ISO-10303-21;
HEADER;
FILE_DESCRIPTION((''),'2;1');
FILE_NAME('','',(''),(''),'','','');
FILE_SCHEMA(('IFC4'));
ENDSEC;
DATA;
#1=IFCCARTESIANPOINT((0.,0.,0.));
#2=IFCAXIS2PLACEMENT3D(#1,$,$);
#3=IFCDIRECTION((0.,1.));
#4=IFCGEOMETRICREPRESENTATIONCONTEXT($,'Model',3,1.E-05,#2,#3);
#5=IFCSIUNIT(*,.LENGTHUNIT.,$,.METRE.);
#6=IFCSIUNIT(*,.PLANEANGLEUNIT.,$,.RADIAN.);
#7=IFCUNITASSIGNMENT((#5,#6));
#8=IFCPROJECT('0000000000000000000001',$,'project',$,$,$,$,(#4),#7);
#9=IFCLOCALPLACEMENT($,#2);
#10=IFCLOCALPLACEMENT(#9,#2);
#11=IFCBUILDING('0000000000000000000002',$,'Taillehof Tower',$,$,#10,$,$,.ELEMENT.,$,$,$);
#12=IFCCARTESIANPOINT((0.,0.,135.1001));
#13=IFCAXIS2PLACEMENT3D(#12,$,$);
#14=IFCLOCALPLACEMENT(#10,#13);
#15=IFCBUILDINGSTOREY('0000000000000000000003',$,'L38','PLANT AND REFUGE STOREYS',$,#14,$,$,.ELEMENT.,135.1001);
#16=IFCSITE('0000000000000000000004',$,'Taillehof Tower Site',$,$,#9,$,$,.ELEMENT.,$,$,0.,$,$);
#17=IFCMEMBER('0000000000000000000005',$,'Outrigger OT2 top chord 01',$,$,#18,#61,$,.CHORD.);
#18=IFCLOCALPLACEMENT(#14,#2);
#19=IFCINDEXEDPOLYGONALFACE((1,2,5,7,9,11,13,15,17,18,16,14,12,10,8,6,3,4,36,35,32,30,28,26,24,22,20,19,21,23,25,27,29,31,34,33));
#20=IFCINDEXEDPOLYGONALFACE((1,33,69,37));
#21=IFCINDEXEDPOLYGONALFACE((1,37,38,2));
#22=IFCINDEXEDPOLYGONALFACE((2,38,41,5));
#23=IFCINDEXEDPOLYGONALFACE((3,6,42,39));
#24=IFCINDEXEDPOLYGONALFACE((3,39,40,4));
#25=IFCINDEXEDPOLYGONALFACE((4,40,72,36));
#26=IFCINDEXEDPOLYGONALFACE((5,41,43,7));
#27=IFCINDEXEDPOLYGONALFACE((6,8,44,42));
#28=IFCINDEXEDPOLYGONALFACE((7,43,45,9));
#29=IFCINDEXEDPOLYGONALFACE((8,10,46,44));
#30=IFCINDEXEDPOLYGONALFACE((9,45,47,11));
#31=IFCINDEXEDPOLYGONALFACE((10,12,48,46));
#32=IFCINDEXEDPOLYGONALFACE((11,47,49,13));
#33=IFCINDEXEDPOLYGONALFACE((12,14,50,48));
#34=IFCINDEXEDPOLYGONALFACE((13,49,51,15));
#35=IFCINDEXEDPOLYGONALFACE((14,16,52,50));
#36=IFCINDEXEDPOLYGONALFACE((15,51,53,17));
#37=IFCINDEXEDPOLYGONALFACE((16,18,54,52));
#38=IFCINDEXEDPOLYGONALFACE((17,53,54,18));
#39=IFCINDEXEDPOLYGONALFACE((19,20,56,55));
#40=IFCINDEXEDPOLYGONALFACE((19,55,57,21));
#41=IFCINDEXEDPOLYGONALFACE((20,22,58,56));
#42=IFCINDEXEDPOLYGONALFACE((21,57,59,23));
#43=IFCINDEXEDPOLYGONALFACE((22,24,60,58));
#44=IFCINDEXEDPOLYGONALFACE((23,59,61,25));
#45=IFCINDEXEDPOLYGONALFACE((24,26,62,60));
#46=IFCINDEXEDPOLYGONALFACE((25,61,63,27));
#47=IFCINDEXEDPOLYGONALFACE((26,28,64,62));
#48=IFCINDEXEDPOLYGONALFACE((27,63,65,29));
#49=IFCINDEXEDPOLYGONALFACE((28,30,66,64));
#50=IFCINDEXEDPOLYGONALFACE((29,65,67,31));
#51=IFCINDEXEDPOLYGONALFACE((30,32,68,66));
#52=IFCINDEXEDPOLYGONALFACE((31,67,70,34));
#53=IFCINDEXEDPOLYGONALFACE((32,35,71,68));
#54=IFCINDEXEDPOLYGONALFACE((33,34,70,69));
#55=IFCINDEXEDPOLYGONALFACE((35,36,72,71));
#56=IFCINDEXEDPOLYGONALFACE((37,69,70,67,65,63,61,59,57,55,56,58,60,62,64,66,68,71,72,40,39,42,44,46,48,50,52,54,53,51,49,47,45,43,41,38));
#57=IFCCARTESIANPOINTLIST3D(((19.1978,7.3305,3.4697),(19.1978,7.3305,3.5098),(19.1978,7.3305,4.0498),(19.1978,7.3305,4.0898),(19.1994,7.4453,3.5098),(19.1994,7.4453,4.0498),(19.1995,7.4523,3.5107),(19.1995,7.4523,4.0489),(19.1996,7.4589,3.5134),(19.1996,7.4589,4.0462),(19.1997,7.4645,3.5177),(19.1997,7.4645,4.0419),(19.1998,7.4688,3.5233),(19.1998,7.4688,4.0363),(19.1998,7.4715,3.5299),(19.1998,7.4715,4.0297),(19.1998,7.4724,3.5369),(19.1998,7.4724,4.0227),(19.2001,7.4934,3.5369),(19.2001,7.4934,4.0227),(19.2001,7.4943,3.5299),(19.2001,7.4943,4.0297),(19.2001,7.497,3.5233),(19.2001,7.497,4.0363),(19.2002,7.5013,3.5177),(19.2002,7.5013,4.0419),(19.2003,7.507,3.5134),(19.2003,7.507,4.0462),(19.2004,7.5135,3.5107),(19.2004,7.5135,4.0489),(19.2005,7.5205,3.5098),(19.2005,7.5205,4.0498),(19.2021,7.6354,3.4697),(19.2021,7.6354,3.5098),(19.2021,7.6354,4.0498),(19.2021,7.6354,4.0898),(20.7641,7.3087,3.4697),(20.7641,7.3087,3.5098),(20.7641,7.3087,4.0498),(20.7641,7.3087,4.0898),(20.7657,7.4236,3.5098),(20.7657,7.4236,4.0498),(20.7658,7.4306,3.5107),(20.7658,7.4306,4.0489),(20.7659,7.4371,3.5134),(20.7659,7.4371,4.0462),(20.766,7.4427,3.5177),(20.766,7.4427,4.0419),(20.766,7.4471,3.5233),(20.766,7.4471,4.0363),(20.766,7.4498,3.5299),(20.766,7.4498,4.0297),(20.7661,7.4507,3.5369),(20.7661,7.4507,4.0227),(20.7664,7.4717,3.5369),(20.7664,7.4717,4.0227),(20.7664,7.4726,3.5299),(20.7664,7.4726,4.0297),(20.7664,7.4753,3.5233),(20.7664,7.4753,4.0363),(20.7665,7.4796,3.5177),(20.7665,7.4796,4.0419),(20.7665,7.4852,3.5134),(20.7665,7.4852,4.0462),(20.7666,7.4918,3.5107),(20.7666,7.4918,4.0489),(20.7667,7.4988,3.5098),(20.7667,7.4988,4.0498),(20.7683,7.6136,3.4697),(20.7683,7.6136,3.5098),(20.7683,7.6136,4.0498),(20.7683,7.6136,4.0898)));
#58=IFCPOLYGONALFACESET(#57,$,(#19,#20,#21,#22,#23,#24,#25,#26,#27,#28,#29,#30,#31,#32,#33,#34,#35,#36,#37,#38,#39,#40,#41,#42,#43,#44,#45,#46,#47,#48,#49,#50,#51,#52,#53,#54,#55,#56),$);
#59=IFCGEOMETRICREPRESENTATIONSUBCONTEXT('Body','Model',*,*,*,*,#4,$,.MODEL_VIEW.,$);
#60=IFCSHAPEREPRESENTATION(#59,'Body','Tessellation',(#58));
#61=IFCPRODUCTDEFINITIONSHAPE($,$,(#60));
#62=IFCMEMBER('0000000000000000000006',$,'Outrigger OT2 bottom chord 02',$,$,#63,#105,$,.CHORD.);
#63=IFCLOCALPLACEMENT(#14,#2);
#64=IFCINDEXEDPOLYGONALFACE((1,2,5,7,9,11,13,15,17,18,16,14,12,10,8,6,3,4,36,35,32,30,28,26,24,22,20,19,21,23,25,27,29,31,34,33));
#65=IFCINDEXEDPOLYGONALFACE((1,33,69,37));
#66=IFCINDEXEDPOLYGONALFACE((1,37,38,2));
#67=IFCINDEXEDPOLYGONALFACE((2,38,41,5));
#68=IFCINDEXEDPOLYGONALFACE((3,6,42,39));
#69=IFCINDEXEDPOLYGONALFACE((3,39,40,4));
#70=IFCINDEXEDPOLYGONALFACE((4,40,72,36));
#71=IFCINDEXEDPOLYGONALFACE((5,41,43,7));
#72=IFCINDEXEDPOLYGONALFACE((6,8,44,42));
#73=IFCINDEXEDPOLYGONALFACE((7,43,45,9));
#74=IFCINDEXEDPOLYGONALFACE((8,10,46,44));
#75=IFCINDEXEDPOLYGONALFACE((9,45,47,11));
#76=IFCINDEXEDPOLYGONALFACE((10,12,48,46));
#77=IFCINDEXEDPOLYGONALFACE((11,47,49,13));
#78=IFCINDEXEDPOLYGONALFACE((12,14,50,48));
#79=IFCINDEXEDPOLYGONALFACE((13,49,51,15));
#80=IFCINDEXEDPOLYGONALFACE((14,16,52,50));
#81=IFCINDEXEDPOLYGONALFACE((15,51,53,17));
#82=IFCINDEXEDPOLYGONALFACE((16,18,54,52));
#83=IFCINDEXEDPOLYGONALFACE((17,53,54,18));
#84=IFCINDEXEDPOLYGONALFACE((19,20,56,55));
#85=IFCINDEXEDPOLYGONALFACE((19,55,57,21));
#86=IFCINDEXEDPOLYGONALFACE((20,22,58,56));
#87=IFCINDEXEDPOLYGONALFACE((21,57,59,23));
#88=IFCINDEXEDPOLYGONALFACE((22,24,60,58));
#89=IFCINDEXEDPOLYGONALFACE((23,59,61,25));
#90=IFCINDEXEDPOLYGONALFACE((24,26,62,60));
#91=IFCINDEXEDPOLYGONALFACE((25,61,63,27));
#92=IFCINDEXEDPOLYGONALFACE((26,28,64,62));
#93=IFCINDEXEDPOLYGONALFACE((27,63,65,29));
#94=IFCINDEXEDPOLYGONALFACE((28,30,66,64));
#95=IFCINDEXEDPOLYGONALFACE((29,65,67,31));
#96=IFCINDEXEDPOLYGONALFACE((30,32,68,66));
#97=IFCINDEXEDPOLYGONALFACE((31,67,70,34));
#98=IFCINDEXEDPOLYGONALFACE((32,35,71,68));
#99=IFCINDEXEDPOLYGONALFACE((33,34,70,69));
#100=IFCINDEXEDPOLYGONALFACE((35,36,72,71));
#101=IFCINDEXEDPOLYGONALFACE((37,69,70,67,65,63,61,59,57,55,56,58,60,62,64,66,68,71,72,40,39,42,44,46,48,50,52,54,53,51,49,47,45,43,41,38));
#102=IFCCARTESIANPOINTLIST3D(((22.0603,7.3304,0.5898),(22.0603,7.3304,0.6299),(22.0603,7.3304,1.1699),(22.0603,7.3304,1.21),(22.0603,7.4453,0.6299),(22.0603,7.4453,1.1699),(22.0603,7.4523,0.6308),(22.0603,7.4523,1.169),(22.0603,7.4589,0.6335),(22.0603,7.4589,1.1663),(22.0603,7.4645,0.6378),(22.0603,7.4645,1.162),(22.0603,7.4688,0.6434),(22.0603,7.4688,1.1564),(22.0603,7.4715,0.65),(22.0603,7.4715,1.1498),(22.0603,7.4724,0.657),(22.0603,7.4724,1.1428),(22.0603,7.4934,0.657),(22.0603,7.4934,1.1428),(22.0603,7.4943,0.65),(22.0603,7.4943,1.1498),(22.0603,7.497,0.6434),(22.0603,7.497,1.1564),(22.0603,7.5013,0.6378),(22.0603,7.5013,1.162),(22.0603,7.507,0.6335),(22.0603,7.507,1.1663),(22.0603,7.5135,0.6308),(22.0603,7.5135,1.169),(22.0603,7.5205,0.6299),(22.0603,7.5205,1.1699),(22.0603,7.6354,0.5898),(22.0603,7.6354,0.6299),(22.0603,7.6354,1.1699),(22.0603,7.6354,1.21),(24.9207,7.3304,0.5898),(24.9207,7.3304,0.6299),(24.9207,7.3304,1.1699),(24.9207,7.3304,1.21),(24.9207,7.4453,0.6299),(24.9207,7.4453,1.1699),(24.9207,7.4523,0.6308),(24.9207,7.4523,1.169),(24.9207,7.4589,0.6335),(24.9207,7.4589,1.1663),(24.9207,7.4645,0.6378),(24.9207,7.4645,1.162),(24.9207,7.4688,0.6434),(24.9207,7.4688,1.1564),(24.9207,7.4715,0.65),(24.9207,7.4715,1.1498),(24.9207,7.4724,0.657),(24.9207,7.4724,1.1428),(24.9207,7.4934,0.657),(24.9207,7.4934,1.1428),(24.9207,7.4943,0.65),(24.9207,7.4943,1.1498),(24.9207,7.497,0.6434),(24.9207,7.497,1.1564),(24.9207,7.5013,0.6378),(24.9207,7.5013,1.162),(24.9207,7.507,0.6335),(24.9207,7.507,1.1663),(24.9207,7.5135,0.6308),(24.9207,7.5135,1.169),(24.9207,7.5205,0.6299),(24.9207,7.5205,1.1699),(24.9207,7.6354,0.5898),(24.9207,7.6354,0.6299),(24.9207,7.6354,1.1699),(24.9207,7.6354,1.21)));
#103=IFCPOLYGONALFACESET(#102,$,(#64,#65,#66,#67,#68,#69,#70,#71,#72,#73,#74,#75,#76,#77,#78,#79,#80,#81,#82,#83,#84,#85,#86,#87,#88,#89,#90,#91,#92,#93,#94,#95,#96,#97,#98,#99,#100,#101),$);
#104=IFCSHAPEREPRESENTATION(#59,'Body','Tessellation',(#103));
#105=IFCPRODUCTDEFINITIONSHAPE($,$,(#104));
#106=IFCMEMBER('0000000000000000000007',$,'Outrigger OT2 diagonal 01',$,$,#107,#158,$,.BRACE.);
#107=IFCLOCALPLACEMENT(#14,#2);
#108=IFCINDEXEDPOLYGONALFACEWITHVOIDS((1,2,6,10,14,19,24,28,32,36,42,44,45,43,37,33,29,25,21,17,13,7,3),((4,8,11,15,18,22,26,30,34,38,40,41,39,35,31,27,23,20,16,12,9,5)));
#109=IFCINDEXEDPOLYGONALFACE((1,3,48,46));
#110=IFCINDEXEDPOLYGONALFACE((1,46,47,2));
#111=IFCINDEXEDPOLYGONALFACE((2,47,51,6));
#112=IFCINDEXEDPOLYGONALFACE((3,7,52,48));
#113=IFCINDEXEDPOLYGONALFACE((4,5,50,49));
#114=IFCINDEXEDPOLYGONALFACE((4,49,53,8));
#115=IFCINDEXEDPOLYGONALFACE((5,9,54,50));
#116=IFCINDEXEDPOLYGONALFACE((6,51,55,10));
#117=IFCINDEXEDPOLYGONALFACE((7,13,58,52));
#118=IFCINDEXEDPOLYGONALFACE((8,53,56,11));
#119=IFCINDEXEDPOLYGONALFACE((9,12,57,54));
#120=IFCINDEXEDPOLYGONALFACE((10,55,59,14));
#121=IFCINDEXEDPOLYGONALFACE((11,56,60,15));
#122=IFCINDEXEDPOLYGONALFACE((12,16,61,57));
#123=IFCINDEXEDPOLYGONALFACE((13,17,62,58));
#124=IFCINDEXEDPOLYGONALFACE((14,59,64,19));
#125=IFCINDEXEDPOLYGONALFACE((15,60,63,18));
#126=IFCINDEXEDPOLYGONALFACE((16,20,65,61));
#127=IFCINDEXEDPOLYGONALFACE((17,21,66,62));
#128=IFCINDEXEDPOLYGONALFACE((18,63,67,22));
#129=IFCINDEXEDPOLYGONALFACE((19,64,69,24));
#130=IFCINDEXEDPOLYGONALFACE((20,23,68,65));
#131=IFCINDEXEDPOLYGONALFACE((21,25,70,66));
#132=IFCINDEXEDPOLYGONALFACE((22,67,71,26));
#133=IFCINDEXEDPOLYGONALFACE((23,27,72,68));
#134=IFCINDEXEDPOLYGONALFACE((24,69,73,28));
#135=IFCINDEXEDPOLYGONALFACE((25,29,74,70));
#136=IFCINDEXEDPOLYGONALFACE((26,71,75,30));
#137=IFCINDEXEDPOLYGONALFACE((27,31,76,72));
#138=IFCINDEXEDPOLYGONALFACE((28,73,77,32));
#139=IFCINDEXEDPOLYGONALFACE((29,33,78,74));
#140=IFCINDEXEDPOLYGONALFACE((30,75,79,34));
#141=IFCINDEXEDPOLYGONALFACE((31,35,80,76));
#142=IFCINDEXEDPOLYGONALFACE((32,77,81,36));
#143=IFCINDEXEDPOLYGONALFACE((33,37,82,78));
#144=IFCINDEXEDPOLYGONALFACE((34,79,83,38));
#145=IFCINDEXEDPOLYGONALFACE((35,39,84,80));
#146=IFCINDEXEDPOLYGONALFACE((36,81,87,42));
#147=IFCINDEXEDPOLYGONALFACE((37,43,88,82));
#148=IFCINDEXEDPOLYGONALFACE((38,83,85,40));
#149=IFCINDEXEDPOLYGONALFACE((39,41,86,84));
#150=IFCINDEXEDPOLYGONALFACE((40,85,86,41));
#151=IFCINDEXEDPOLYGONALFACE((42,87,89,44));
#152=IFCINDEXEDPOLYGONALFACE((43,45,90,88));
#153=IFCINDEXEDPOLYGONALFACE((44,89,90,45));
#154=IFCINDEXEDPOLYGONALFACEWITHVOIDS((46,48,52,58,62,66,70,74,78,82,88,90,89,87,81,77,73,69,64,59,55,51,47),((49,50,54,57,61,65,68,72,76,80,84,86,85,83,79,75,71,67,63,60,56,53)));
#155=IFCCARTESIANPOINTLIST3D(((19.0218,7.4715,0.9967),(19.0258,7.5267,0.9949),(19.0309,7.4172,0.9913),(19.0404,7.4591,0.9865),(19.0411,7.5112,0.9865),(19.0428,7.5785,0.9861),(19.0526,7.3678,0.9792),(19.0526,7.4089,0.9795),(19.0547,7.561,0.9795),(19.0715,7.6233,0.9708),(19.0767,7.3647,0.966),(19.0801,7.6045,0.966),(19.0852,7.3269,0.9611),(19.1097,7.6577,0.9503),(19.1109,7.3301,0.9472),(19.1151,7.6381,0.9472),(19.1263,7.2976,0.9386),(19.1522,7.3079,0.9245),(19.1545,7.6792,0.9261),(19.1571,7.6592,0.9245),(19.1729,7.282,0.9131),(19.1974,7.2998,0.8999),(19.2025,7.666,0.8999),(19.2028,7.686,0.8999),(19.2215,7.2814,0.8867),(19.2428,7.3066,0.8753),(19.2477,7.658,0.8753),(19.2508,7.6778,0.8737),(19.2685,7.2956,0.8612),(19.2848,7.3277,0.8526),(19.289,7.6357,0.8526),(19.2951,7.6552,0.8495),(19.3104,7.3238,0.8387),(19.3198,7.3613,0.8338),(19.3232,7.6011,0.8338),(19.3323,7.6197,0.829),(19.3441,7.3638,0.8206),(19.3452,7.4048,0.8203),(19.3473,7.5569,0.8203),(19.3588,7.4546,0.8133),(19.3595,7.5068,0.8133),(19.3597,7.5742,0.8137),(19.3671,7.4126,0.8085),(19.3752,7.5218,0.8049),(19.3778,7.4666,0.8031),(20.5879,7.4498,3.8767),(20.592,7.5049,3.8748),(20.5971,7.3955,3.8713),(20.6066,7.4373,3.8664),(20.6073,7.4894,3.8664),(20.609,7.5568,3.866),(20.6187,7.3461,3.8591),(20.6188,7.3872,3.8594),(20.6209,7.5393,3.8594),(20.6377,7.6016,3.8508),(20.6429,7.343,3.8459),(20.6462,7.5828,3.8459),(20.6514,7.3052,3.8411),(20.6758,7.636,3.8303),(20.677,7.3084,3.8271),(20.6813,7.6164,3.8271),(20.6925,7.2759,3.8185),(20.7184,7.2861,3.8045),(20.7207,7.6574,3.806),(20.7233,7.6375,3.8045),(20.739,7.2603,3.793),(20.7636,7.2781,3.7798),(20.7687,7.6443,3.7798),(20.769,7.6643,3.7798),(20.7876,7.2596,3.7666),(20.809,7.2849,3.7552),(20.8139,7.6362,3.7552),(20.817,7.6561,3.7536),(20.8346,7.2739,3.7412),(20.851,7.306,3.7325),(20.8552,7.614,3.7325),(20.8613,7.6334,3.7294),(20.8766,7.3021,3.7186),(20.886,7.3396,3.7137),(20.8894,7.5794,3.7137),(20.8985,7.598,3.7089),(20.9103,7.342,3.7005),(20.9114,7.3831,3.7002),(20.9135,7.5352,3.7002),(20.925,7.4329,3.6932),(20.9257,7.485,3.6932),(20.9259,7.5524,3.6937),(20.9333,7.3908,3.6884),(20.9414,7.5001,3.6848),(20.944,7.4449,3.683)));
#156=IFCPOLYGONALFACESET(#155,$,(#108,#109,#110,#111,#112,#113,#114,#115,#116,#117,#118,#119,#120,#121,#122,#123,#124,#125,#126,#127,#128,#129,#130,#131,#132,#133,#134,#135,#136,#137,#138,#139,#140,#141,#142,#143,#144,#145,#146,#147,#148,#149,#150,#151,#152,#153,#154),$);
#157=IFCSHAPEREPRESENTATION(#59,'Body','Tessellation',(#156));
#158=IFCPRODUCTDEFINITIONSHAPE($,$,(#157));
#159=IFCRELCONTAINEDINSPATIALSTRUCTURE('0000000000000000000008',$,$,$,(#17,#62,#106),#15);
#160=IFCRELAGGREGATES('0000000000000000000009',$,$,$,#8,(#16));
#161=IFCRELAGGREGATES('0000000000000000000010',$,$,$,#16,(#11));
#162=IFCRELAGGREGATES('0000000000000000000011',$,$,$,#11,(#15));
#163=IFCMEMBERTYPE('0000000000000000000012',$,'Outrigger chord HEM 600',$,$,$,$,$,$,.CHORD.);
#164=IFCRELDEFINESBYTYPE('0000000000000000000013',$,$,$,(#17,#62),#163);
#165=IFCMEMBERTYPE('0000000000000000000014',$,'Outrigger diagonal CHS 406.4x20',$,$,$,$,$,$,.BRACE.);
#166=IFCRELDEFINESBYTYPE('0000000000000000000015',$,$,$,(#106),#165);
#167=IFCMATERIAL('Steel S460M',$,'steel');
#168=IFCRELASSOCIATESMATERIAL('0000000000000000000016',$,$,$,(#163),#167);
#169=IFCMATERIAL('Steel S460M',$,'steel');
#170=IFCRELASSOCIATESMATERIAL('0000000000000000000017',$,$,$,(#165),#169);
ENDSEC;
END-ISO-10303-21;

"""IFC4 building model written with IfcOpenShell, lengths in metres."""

from ifc_helpers import new_model, si_unit, direction, frame, origin, origin_2d, place, context, subcontext, project, spatial, hollow_circle, i_section, extrude, material, material_profile, profile_set, type_object, element, save


model = new_model("IFC4")

# Units and contexts
model_context = context("Model", 3, precision=1e-05, world=origin(), true_north=direction((0.0, 1.0)))
body_context = subcontext(model_context, "Body", "Model", "MODEL_VIEW")
ifc_project = project(units=[si_unit("LENGTHUNIT", "METRE"), si_unit("PLANEANGLEUNIT", "RADIAN")], contexts=[model_context])

# Site, building, storey
site_placement = place(None, origin())
site = spatial("IfcSite", under=ifc_project, at=site_placement, Name="Taillehof Tower Site", CompositionType="ELEMENT", RefElevation=0.0)
building_placement = place(site_placement, origin())
building = spatial("IfcBuilding", under=site, at=building_placement, Name="Taillehof Tower", CompositionType="ELEMENT")
storey_placement = place(building_placement, frame((0.0, 0.0, 135.1001)))
storey = spatial("IfcBuildingStorey", under=building, at=storey_placement, Name="L38", Description="PLANT AND REFUGE STOREYS", CompositionType="ELEMENT", Elevation=135.1001)

# Members
ifc_material_1 = material(Name="Steel S460M", Category="steel")
ifc_material_profile_1 = material_profile(ifc_material_1, i_section(OverallWidth=0.3049, OverallDepth=0.6201, WebThickness=0.021, FlangeThickness=0.04, FilletRadius=0.0271, at=origin_2d()), Name="HEM 600")
ifc_profile_set_1 = profile_set([ifc_material_profile_1], Name="Steel S460M")
member_type_1 = type_object("IfcMemberType", Name="Outrigger chord HEM 600", PredefinedType="CHORD", material=ifc_profile_set_1)
member_1_placement = place(storey_placement, frame((19.2, 7.4829, 3.7798), z_axis=(0.999904, -0.013872, 0.0), x_axis=(0.013872, 0.999904, 0.0)))
element("IfcMember", 1, at=member_1_placement, inside=storey, type_object=member_type_1, Name="Outrigger OT2 top chord 01", PredefinedType="CHORD", context=body_context, shape_type="SweptSolid", body=[
    extrude(i_section(OverallWidth=0.3049, OverallDepth=0.6201, WebThickness=0.021, FlangeThickness=0.04, FilletRadius=0.0271, at=origin_2d()), origin(), (0.0, 0.0, 1.0), 1.5664),
])
member_2_placement = place(storey_placement, frame((22.0603, 7.4829, 0.8999), z_axis=(1.0, 0.0, 0.0), x_axis=(0.0, 1.0, 0.0)))
element("IfcMember", 2, at=member_2_placement, inside=storey, type_object=member_type_1, Name="Outrigger OT2 bottom chord 02", PredefinedType="CHORD", context=body_context, shape_type="SweptSolid", body=[
    extrude(i_section(OverallWidth=0.3049, OverallDepth=0.6201, WebThickness=0.021, FlangeThickness=0.04, FilletRadius=0.0271, at=origin_2d()), origin(), (0.0, 0.0, 1.0), 2.8604),
])
ifc_material_2 = material(Name="Steel S460M", Category="steel")
ifc_material_profile_2 = material_profile(ifc_material_2, hollow_circle(Radius=0.2031, WallThickness=0.02, at=origin_2d()), Name="CHS 406.4x20")
ifc_profile_set_2 = profile_set([ifc_material_profile_2], Name="Steel S460M")
member_type_2 = type_object("IfcMemberType", Name="Outrigger diagonal CHS 406.4x20", PredefinedType="BRACE", material=ifc_profile_set_2)
member_3_placement = place(storey_placement, frame((19.2, 7.4829, 0.8999), z_axis=(0.47774, -0.006628, 0.878476), x_axis=(0.013872, 0.999904, 0.0)))
element("IfcMember", 3, at=member_3_placement, inside=storey, type_object=member_type_2, Name="Outrigger OT2 diagonal 01", PredefinedType="BRACE", context=body_context, shape_type="SweptSolid", body=[
    extrude(hollow_circle(Radius=0.2031, WallThickness=0.02, at=origin_2d()), origin(), (0.0, 0.0, 1.0), 3.2783),
])

save(model, "model.ifc")
